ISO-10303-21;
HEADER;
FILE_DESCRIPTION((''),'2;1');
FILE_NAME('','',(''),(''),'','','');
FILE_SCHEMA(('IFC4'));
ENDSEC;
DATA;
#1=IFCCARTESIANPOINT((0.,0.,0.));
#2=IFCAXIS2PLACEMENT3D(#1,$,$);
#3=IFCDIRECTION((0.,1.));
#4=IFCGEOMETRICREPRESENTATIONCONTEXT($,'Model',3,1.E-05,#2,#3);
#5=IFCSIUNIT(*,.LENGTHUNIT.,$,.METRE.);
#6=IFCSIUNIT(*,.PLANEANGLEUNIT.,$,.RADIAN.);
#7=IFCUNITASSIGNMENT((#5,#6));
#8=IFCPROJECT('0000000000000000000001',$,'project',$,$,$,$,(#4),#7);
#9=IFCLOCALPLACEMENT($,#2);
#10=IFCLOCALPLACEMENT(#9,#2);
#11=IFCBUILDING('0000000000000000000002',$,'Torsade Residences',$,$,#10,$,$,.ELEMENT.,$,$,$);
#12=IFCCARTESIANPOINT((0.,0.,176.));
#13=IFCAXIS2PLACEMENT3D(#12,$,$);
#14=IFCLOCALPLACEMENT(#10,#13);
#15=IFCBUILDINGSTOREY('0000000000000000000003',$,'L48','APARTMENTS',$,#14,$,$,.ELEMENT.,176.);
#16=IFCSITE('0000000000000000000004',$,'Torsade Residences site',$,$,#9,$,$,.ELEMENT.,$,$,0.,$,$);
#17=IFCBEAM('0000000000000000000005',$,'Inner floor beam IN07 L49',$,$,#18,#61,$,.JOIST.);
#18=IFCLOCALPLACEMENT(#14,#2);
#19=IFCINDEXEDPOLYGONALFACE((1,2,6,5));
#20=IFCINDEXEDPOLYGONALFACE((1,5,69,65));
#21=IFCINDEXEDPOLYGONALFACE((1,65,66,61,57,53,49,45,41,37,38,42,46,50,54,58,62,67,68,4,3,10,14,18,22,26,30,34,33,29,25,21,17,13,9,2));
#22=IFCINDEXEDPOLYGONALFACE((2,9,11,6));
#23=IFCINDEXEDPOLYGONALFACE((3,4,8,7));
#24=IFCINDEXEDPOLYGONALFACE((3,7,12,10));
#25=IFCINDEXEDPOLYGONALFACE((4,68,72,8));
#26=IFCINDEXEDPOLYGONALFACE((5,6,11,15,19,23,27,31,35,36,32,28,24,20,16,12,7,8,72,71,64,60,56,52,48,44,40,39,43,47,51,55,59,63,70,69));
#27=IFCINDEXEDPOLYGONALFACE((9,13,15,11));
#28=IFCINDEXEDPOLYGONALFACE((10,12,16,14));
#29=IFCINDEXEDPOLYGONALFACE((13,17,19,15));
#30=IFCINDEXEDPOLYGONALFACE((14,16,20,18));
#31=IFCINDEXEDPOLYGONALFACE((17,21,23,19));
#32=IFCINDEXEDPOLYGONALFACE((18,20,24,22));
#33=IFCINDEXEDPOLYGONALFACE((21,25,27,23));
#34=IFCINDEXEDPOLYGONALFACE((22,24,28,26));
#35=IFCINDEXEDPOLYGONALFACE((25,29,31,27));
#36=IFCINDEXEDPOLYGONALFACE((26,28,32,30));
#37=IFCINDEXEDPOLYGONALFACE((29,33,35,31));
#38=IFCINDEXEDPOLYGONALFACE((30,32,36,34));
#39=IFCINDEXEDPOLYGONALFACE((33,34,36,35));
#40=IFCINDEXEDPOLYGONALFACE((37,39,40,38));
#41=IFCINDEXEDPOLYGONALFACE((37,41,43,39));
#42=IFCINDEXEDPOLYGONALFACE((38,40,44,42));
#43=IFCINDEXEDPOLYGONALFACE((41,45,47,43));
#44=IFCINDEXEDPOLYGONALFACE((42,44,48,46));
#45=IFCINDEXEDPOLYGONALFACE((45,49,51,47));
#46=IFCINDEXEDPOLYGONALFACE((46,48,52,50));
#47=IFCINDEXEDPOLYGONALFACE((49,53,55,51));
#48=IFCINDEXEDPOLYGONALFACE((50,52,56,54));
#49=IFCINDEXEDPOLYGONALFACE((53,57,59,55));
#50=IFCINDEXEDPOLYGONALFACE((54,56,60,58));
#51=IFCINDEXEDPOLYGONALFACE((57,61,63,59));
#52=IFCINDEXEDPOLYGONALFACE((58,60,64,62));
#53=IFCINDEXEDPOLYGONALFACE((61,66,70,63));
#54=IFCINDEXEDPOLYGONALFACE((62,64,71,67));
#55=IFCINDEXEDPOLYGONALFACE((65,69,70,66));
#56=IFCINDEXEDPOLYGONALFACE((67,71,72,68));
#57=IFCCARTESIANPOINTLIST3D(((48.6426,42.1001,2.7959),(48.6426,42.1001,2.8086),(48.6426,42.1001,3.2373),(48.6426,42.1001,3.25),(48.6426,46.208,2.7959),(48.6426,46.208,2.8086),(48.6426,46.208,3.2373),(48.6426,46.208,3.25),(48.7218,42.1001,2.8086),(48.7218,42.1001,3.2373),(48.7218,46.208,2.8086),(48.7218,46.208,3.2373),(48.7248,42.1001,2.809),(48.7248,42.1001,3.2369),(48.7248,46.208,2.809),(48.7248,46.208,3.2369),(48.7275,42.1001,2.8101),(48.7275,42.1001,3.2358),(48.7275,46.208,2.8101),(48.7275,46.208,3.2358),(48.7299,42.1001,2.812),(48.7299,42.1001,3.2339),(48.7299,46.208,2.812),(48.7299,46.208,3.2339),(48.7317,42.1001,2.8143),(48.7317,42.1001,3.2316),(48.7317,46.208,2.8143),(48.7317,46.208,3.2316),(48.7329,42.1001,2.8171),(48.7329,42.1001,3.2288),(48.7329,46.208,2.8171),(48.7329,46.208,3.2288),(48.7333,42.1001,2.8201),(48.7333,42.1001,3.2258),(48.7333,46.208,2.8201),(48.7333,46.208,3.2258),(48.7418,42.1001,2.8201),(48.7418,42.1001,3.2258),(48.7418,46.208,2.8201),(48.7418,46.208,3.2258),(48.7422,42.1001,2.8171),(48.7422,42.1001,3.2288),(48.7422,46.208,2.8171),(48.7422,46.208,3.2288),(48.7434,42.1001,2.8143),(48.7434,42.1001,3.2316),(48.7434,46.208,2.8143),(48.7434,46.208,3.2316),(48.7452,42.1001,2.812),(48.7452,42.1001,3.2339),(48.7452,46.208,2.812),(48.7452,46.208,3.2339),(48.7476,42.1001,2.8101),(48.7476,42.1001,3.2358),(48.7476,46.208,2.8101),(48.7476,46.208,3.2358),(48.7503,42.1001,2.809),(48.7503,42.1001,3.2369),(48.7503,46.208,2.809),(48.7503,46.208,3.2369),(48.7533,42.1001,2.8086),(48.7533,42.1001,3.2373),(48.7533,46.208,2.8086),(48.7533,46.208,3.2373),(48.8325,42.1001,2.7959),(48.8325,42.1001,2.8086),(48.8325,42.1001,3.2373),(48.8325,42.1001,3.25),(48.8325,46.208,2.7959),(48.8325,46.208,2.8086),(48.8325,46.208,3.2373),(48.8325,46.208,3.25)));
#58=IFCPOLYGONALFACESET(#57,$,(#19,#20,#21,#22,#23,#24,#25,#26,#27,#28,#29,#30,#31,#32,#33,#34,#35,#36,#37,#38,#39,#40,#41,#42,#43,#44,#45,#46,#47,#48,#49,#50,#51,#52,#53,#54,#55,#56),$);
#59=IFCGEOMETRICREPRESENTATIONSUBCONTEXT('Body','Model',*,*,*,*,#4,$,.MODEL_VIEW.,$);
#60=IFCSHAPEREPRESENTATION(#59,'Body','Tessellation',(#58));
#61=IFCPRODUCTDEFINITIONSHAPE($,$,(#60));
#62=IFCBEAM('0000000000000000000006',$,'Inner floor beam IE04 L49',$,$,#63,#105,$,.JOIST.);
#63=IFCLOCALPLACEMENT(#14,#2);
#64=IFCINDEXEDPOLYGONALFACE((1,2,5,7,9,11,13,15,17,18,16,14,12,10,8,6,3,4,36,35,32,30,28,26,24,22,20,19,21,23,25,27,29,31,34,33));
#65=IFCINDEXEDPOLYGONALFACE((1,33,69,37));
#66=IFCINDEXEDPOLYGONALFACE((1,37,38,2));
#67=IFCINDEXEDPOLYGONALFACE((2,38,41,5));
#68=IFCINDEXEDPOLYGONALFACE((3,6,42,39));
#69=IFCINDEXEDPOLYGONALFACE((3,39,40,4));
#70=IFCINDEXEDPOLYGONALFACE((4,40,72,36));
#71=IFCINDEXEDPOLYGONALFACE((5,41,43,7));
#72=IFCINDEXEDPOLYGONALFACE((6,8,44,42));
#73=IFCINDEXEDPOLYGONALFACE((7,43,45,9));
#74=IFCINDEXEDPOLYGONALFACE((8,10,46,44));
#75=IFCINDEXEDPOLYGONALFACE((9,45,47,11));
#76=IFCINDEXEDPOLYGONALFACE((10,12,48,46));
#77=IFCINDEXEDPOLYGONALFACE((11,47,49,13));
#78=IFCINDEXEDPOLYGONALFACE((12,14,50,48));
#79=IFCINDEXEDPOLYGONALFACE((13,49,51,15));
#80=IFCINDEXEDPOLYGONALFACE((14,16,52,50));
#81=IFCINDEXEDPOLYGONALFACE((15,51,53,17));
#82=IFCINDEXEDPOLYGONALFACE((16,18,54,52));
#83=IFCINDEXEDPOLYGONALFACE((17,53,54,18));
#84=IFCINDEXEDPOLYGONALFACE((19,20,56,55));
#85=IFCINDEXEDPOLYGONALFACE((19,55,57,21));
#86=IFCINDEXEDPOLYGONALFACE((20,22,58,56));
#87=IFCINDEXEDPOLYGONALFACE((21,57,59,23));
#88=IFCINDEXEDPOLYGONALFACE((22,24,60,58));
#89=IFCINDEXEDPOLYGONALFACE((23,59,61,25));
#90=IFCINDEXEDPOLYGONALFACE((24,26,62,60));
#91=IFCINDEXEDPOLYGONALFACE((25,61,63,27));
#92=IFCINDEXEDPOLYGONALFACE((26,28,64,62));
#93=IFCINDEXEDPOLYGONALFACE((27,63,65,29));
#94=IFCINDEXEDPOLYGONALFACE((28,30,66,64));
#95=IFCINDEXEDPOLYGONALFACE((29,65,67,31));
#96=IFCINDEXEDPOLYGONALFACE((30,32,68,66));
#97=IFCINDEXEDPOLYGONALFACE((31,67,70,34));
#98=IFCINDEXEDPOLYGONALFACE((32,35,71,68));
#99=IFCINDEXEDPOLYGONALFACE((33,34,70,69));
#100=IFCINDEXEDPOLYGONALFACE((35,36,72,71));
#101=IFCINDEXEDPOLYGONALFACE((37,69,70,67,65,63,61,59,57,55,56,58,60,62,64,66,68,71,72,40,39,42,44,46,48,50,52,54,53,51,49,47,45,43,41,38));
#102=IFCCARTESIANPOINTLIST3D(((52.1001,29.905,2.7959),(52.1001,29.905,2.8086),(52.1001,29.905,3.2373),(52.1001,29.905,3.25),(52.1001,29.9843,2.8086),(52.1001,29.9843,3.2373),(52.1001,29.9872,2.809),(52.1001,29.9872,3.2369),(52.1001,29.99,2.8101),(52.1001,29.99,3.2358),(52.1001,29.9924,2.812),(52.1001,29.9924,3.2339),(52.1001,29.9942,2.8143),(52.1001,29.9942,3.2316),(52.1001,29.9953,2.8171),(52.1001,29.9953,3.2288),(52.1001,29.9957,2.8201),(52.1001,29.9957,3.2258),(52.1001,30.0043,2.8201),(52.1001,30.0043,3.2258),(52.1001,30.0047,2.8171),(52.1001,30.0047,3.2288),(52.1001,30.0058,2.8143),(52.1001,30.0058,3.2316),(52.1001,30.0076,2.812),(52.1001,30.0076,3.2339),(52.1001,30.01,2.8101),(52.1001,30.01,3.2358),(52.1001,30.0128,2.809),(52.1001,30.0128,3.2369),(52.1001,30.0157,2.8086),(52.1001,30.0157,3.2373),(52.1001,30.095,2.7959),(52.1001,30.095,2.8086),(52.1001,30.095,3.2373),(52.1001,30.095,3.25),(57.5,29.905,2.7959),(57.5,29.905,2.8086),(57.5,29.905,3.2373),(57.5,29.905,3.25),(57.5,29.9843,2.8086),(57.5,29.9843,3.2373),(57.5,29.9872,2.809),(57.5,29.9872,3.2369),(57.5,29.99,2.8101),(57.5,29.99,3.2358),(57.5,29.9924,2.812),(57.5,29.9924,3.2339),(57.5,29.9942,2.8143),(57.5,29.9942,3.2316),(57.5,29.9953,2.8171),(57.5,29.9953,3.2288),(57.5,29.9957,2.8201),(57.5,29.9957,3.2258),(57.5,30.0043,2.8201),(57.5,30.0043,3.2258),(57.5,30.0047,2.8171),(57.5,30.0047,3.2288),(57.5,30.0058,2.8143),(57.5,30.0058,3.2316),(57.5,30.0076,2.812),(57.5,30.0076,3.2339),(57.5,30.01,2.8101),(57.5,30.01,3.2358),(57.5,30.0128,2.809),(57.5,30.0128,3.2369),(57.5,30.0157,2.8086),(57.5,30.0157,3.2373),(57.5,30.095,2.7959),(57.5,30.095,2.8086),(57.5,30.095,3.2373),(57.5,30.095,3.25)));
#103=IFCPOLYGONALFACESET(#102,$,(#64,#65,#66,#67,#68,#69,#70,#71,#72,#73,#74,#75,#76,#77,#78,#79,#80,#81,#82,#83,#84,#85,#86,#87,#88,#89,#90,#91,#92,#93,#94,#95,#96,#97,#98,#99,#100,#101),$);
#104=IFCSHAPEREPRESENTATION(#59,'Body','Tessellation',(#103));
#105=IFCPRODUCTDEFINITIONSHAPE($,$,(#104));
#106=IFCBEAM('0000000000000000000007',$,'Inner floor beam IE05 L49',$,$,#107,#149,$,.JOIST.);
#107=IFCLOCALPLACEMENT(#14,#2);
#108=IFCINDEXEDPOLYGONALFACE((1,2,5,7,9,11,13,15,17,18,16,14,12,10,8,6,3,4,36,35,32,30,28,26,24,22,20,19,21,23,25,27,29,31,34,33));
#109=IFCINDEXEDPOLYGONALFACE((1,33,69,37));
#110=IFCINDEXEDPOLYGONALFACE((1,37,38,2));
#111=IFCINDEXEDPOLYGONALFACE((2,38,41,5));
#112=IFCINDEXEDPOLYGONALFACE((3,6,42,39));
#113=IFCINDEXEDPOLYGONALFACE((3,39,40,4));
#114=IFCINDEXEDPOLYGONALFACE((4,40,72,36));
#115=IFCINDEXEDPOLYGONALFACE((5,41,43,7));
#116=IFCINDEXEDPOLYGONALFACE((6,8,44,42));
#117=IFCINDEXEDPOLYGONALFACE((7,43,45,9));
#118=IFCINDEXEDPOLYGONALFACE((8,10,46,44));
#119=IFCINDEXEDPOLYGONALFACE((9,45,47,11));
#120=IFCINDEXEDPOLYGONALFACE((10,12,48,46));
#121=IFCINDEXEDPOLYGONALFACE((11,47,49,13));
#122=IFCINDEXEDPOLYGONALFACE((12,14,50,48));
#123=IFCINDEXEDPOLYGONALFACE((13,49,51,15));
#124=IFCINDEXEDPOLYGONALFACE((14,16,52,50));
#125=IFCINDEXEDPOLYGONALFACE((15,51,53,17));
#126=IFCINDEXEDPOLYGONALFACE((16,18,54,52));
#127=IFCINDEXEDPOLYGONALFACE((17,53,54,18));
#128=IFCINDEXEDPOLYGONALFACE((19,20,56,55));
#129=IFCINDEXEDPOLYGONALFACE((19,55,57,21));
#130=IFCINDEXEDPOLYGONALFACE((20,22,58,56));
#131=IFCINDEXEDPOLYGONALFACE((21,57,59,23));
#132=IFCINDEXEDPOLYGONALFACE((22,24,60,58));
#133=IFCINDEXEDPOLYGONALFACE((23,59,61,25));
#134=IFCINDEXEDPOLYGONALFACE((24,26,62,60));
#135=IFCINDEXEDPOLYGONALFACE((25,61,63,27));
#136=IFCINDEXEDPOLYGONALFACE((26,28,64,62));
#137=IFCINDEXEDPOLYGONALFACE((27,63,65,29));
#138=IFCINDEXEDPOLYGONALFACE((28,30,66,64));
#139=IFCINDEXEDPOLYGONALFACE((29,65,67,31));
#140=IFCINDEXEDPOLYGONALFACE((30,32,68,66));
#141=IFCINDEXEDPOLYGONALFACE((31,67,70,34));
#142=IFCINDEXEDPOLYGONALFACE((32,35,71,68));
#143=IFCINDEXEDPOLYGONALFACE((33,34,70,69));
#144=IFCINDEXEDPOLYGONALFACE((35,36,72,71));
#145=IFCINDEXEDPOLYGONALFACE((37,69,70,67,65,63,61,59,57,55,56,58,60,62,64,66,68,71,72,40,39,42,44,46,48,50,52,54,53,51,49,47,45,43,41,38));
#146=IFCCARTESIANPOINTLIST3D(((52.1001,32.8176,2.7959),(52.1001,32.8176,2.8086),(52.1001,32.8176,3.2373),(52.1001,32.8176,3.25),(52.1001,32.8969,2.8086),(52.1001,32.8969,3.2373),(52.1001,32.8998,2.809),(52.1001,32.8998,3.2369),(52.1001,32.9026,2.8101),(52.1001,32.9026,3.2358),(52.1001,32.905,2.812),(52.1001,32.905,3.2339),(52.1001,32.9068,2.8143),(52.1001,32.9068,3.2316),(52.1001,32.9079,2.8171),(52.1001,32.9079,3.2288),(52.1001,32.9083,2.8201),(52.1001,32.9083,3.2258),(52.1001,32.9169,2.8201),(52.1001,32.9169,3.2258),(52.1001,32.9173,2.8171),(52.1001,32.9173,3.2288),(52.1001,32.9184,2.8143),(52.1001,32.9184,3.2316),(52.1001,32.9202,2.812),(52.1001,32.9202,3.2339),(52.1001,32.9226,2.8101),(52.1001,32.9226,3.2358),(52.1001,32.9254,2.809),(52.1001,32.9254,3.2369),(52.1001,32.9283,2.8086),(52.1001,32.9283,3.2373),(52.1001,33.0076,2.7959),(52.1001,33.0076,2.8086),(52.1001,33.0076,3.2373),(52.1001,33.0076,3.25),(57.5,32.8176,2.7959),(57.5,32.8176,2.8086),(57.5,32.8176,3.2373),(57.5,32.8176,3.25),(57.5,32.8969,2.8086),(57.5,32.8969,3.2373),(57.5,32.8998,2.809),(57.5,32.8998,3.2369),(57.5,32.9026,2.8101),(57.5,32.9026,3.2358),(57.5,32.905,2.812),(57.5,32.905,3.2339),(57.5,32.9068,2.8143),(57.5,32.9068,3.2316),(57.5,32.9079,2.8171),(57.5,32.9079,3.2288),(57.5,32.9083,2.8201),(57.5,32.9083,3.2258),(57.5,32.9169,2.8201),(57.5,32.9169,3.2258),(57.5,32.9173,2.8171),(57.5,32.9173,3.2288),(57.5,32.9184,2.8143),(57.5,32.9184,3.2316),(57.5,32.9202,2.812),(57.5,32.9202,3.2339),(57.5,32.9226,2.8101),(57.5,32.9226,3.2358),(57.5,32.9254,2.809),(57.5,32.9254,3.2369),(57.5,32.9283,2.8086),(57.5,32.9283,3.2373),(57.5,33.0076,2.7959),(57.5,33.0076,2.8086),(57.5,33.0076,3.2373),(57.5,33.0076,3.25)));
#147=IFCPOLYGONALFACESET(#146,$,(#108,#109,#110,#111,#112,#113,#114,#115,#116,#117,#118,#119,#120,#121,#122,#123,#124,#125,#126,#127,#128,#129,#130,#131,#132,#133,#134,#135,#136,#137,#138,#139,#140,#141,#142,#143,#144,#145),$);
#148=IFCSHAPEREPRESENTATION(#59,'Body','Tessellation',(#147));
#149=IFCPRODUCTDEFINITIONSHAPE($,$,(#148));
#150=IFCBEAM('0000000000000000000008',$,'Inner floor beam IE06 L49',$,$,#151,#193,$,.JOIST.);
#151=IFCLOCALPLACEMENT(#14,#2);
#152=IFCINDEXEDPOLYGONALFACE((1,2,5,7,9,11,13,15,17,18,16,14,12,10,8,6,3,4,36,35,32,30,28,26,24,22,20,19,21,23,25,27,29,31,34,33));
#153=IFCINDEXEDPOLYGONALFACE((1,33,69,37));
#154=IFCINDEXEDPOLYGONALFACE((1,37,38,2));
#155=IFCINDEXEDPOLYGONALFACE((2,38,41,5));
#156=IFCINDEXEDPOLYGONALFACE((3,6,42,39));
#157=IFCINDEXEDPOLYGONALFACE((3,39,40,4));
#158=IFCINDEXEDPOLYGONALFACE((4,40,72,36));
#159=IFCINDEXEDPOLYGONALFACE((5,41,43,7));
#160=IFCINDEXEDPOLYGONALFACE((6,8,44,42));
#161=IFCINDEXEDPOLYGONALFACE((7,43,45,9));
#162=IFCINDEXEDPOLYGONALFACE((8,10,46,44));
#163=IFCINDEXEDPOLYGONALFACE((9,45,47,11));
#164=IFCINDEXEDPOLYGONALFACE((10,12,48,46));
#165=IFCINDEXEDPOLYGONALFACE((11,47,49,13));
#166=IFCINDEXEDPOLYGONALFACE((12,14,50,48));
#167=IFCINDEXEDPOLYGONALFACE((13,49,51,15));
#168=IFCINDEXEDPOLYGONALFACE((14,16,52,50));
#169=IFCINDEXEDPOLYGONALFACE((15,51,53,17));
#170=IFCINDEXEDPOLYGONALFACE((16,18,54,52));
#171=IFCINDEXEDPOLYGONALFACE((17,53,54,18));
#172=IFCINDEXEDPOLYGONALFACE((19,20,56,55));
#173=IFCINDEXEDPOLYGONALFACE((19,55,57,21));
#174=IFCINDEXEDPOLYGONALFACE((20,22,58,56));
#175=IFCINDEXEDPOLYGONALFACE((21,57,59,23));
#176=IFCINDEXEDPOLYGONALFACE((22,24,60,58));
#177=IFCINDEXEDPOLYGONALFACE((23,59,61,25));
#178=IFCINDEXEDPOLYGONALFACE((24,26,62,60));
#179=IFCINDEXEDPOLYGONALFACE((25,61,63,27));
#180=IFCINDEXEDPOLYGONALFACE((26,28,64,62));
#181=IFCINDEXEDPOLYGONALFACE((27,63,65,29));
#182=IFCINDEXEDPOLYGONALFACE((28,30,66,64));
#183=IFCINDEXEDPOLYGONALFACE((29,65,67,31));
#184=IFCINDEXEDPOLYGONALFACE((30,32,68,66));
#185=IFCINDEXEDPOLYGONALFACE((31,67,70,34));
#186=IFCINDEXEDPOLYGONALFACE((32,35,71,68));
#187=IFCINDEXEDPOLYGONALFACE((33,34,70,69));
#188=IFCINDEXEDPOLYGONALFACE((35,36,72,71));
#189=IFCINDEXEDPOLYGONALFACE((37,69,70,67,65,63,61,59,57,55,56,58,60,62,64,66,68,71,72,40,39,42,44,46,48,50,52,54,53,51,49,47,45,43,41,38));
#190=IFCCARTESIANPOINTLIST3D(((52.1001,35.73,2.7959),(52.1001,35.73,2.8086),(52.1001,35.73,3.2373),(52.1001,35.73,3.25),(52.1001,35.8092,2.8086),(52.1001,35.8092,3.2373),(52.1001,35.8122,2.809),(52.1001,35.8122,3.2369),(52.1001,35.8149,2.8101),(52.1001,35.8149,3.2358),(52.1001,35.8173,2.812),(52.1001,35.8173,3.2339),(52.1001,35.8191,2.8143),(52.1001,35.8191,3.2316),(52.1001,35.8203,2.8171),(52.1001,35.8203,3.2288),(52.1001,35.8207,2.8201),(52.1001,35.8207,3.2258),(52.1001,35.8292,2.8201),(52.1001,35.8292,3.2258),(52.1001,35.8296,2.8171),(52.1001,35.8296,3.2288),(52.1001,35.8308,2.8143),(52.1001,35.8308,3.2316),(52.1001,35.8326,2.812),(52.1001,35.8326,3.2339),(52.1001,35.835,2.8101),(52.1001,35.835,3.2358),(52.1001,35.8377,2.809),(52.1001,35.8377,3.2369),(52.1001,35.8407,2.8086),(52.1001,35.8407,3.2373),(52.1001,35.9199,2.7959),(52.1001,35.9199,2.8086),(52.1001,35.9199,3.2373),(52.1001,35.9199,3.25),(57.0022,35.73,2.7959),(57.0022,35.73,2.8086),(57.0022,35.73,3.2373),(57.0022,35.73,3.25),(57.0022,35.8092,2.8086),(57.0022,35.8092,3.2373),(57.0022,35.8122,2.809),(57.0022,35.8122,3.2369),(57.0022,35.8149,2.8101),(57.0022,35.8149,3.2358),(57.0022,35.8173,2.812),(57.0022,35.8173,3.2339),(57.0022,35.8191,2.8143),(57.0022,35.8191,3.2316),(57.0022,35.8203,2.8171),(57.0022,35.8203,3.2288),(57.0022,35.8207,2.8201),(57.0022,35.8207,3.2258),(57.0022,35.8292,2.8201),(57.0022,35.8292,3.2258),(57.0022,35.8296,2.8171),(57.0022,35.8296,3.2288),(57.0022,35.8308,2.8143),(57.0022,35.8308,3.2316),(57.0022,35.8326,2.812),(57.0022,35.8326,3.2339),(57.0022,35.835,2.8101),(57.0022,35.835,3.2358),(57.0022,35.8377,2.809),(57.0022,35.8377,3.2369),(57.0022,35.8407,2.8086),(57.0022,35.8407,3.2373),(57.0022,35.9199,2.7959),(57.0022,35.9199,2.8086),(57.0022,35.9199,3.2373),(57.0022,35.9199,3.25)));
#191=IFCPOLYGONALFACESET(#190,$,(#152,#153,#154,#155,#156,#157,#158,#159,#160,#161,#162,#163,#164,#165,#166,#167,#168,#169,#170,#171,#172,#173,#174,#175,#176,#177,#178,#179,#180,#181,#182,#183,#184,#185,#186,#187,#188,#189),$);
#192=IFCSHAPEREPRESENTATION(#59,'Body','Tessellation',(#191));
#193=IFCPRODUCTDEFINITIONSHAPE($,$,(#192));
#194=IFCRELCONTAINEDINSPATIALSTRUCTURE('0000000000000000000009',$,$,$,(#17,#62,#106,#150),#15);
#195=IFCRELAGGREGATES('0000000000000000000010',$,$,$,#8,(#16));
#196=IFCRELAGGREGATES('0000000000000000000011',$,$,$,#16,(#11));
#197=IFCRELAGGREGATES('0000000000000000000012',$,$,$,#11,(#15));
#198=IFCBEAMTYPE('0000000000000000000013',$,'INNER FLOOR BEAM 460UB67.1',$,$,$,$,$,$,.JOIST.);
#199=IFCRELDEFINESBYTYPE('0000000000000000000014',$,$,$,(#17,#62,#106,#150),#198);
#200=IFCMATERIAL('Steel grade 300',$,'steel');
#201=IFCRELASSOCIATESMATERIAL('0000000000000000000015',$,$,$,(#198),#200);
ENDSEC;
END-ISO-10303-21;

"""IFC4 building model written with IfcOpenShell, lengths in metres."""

from ifc_helpers import new_model, si_unit, direction, frame, origin, origin_2d, place, context, subcontext, project, spatial, i_section, extrude, material, material_profile, profile_set, type_object, element, save


model = new_model("IFC4")

# Units and contexts
model_context = context("Model", 3, precision=1e-05, world=origin(), true_north=direction((0.0, 1.0)))
body_context = subcontext(model_context, "Body", "Model", "MODEL_VIEW")
ifc_project = project(units=[si_unit("LENGTHUNIT", "METRE"), si_unit("PLANEANGLEUNIT", "RADIAN")], contexts=[model_context])

# Site, building, storey
site_placement = place(None, origin())
site = spatial("IfcSite", under=ifc_project, at=site_placement, Name="Torsade Residences site", CompositionType="ELEMENT", RefElevation=0.0)
building_placement = place(site_placement, origin())
building = spatial("IfcBuilding", under=site, at=building_placement, Name="Torsade Residences", CompositionType="ELEMENT")
storey_placement = place(building_placement, frame((0.0, 0.0, 176.0)))
storey = spatial("IfcBuildingStorey", under=building, at=storey_placement, Name="L48", Description="APARTMENTS", CompositionType="ELEMENT", Elevation=176.0)

# Beams
ifc_material_1 = material(Name="Steel grade 300", Category="steel")
ifc_material_profile_1 = material_profile(ifc_material_1, i_section(OverallWidth=0.1899, OverallDepth=0.4541, WebThickness=0.0085, FlangeThickness=0.0127, FilletRadius=0.0115, at=origin_2d()), Name="460UB67.1")
ifc_profile_set_1 = profile_set([ifc_material_profile_1], Name="Steel grade 300")
beam_type_1 = type_object("IfcBeamType", Name="INNER FLOOR BEAM 460UB67.1", PredefinedType="JOIST", material=ifc_profile_set_1)
beam_1_placement = place(storey_placement, frame((48.7375, 42.1001, 3.0229), z_axis=(0.0, 1.0, 0.0), x_axis=(-1.0, 0.0, 0.0)))
element("IfcBeam", 1, at=beam_1_placement, inside=storey, type_object=beam_type_1, Name="Inner floor beam IN07 L49", PredefinedType="JOIST", context=body_context, shape_type="SweptSolid", body=[
    extrude(i_section(OverallWidth=0.1899, OverallDepth=0.4541, WebThickness=0.0085, FlangeThickness=0.0127, FilletRadius=0.0115, at=origin_2d()), origin(), (0.0, 0.0, 1.0), 4.1079),
])
for number, where, z_axis, x_axis, name in (
    (2, (52.1001, 30.0, 3.0229), (1.0, 0.0, 0.0), (0.0, 1.0, 0.0), "Inner floor beam IE04 L49"),
    (3, (52.1001, 32.9126, 3.0229), (1.0, 0.0, 0.0), (0.0, 1.0, 0.0), "Inner floor beam IE05 L49"),
):
    element("IfcBeam", number, at=place(storey_placement, frame(where, z_axis=z_axis, x_axis=x_axis)), inside=storey, type_object=beam_type_1, Name=name, PredefinedType="JOIST", context=body_context, shape_type="SweptSolid", body=[
        extrude(i_section(OverallWidth=0.1899, OverallDepth=0.4541, WebThickness=0.0085, FlangeThickness=0.0127, FilletRadius=0.0115, at=origin_2d()), origin(), (0.0, 0.0, 1.0), 5.3999),
    ])
beam_2_placement = place(storey_placement, frame((52.1001, 35.825, 3.0229), z_axis=(1.0, 0.0, 0.0), x_axis=(0.0, 1.0, 0.0)))
element("IfcBeam", 4, at=beam_2_placement, inside=storey, type_object=beam_type_1, Name="Inner floor beam IE06 L49", PredefinedType="JOIST", context=body_context, shape_type="SweptSolid", body=[
    extrude(i_section(OverallWidth=0.1899, OverallDepth=0.4541, WebThickness=0.0085, FlangeThickness=0.0127, FilletRadius=0.0115, at=origin_2d()), origin(), (0.0, 0.0, 1.0), 4.9021),
])

save(model, "model.ifc")
